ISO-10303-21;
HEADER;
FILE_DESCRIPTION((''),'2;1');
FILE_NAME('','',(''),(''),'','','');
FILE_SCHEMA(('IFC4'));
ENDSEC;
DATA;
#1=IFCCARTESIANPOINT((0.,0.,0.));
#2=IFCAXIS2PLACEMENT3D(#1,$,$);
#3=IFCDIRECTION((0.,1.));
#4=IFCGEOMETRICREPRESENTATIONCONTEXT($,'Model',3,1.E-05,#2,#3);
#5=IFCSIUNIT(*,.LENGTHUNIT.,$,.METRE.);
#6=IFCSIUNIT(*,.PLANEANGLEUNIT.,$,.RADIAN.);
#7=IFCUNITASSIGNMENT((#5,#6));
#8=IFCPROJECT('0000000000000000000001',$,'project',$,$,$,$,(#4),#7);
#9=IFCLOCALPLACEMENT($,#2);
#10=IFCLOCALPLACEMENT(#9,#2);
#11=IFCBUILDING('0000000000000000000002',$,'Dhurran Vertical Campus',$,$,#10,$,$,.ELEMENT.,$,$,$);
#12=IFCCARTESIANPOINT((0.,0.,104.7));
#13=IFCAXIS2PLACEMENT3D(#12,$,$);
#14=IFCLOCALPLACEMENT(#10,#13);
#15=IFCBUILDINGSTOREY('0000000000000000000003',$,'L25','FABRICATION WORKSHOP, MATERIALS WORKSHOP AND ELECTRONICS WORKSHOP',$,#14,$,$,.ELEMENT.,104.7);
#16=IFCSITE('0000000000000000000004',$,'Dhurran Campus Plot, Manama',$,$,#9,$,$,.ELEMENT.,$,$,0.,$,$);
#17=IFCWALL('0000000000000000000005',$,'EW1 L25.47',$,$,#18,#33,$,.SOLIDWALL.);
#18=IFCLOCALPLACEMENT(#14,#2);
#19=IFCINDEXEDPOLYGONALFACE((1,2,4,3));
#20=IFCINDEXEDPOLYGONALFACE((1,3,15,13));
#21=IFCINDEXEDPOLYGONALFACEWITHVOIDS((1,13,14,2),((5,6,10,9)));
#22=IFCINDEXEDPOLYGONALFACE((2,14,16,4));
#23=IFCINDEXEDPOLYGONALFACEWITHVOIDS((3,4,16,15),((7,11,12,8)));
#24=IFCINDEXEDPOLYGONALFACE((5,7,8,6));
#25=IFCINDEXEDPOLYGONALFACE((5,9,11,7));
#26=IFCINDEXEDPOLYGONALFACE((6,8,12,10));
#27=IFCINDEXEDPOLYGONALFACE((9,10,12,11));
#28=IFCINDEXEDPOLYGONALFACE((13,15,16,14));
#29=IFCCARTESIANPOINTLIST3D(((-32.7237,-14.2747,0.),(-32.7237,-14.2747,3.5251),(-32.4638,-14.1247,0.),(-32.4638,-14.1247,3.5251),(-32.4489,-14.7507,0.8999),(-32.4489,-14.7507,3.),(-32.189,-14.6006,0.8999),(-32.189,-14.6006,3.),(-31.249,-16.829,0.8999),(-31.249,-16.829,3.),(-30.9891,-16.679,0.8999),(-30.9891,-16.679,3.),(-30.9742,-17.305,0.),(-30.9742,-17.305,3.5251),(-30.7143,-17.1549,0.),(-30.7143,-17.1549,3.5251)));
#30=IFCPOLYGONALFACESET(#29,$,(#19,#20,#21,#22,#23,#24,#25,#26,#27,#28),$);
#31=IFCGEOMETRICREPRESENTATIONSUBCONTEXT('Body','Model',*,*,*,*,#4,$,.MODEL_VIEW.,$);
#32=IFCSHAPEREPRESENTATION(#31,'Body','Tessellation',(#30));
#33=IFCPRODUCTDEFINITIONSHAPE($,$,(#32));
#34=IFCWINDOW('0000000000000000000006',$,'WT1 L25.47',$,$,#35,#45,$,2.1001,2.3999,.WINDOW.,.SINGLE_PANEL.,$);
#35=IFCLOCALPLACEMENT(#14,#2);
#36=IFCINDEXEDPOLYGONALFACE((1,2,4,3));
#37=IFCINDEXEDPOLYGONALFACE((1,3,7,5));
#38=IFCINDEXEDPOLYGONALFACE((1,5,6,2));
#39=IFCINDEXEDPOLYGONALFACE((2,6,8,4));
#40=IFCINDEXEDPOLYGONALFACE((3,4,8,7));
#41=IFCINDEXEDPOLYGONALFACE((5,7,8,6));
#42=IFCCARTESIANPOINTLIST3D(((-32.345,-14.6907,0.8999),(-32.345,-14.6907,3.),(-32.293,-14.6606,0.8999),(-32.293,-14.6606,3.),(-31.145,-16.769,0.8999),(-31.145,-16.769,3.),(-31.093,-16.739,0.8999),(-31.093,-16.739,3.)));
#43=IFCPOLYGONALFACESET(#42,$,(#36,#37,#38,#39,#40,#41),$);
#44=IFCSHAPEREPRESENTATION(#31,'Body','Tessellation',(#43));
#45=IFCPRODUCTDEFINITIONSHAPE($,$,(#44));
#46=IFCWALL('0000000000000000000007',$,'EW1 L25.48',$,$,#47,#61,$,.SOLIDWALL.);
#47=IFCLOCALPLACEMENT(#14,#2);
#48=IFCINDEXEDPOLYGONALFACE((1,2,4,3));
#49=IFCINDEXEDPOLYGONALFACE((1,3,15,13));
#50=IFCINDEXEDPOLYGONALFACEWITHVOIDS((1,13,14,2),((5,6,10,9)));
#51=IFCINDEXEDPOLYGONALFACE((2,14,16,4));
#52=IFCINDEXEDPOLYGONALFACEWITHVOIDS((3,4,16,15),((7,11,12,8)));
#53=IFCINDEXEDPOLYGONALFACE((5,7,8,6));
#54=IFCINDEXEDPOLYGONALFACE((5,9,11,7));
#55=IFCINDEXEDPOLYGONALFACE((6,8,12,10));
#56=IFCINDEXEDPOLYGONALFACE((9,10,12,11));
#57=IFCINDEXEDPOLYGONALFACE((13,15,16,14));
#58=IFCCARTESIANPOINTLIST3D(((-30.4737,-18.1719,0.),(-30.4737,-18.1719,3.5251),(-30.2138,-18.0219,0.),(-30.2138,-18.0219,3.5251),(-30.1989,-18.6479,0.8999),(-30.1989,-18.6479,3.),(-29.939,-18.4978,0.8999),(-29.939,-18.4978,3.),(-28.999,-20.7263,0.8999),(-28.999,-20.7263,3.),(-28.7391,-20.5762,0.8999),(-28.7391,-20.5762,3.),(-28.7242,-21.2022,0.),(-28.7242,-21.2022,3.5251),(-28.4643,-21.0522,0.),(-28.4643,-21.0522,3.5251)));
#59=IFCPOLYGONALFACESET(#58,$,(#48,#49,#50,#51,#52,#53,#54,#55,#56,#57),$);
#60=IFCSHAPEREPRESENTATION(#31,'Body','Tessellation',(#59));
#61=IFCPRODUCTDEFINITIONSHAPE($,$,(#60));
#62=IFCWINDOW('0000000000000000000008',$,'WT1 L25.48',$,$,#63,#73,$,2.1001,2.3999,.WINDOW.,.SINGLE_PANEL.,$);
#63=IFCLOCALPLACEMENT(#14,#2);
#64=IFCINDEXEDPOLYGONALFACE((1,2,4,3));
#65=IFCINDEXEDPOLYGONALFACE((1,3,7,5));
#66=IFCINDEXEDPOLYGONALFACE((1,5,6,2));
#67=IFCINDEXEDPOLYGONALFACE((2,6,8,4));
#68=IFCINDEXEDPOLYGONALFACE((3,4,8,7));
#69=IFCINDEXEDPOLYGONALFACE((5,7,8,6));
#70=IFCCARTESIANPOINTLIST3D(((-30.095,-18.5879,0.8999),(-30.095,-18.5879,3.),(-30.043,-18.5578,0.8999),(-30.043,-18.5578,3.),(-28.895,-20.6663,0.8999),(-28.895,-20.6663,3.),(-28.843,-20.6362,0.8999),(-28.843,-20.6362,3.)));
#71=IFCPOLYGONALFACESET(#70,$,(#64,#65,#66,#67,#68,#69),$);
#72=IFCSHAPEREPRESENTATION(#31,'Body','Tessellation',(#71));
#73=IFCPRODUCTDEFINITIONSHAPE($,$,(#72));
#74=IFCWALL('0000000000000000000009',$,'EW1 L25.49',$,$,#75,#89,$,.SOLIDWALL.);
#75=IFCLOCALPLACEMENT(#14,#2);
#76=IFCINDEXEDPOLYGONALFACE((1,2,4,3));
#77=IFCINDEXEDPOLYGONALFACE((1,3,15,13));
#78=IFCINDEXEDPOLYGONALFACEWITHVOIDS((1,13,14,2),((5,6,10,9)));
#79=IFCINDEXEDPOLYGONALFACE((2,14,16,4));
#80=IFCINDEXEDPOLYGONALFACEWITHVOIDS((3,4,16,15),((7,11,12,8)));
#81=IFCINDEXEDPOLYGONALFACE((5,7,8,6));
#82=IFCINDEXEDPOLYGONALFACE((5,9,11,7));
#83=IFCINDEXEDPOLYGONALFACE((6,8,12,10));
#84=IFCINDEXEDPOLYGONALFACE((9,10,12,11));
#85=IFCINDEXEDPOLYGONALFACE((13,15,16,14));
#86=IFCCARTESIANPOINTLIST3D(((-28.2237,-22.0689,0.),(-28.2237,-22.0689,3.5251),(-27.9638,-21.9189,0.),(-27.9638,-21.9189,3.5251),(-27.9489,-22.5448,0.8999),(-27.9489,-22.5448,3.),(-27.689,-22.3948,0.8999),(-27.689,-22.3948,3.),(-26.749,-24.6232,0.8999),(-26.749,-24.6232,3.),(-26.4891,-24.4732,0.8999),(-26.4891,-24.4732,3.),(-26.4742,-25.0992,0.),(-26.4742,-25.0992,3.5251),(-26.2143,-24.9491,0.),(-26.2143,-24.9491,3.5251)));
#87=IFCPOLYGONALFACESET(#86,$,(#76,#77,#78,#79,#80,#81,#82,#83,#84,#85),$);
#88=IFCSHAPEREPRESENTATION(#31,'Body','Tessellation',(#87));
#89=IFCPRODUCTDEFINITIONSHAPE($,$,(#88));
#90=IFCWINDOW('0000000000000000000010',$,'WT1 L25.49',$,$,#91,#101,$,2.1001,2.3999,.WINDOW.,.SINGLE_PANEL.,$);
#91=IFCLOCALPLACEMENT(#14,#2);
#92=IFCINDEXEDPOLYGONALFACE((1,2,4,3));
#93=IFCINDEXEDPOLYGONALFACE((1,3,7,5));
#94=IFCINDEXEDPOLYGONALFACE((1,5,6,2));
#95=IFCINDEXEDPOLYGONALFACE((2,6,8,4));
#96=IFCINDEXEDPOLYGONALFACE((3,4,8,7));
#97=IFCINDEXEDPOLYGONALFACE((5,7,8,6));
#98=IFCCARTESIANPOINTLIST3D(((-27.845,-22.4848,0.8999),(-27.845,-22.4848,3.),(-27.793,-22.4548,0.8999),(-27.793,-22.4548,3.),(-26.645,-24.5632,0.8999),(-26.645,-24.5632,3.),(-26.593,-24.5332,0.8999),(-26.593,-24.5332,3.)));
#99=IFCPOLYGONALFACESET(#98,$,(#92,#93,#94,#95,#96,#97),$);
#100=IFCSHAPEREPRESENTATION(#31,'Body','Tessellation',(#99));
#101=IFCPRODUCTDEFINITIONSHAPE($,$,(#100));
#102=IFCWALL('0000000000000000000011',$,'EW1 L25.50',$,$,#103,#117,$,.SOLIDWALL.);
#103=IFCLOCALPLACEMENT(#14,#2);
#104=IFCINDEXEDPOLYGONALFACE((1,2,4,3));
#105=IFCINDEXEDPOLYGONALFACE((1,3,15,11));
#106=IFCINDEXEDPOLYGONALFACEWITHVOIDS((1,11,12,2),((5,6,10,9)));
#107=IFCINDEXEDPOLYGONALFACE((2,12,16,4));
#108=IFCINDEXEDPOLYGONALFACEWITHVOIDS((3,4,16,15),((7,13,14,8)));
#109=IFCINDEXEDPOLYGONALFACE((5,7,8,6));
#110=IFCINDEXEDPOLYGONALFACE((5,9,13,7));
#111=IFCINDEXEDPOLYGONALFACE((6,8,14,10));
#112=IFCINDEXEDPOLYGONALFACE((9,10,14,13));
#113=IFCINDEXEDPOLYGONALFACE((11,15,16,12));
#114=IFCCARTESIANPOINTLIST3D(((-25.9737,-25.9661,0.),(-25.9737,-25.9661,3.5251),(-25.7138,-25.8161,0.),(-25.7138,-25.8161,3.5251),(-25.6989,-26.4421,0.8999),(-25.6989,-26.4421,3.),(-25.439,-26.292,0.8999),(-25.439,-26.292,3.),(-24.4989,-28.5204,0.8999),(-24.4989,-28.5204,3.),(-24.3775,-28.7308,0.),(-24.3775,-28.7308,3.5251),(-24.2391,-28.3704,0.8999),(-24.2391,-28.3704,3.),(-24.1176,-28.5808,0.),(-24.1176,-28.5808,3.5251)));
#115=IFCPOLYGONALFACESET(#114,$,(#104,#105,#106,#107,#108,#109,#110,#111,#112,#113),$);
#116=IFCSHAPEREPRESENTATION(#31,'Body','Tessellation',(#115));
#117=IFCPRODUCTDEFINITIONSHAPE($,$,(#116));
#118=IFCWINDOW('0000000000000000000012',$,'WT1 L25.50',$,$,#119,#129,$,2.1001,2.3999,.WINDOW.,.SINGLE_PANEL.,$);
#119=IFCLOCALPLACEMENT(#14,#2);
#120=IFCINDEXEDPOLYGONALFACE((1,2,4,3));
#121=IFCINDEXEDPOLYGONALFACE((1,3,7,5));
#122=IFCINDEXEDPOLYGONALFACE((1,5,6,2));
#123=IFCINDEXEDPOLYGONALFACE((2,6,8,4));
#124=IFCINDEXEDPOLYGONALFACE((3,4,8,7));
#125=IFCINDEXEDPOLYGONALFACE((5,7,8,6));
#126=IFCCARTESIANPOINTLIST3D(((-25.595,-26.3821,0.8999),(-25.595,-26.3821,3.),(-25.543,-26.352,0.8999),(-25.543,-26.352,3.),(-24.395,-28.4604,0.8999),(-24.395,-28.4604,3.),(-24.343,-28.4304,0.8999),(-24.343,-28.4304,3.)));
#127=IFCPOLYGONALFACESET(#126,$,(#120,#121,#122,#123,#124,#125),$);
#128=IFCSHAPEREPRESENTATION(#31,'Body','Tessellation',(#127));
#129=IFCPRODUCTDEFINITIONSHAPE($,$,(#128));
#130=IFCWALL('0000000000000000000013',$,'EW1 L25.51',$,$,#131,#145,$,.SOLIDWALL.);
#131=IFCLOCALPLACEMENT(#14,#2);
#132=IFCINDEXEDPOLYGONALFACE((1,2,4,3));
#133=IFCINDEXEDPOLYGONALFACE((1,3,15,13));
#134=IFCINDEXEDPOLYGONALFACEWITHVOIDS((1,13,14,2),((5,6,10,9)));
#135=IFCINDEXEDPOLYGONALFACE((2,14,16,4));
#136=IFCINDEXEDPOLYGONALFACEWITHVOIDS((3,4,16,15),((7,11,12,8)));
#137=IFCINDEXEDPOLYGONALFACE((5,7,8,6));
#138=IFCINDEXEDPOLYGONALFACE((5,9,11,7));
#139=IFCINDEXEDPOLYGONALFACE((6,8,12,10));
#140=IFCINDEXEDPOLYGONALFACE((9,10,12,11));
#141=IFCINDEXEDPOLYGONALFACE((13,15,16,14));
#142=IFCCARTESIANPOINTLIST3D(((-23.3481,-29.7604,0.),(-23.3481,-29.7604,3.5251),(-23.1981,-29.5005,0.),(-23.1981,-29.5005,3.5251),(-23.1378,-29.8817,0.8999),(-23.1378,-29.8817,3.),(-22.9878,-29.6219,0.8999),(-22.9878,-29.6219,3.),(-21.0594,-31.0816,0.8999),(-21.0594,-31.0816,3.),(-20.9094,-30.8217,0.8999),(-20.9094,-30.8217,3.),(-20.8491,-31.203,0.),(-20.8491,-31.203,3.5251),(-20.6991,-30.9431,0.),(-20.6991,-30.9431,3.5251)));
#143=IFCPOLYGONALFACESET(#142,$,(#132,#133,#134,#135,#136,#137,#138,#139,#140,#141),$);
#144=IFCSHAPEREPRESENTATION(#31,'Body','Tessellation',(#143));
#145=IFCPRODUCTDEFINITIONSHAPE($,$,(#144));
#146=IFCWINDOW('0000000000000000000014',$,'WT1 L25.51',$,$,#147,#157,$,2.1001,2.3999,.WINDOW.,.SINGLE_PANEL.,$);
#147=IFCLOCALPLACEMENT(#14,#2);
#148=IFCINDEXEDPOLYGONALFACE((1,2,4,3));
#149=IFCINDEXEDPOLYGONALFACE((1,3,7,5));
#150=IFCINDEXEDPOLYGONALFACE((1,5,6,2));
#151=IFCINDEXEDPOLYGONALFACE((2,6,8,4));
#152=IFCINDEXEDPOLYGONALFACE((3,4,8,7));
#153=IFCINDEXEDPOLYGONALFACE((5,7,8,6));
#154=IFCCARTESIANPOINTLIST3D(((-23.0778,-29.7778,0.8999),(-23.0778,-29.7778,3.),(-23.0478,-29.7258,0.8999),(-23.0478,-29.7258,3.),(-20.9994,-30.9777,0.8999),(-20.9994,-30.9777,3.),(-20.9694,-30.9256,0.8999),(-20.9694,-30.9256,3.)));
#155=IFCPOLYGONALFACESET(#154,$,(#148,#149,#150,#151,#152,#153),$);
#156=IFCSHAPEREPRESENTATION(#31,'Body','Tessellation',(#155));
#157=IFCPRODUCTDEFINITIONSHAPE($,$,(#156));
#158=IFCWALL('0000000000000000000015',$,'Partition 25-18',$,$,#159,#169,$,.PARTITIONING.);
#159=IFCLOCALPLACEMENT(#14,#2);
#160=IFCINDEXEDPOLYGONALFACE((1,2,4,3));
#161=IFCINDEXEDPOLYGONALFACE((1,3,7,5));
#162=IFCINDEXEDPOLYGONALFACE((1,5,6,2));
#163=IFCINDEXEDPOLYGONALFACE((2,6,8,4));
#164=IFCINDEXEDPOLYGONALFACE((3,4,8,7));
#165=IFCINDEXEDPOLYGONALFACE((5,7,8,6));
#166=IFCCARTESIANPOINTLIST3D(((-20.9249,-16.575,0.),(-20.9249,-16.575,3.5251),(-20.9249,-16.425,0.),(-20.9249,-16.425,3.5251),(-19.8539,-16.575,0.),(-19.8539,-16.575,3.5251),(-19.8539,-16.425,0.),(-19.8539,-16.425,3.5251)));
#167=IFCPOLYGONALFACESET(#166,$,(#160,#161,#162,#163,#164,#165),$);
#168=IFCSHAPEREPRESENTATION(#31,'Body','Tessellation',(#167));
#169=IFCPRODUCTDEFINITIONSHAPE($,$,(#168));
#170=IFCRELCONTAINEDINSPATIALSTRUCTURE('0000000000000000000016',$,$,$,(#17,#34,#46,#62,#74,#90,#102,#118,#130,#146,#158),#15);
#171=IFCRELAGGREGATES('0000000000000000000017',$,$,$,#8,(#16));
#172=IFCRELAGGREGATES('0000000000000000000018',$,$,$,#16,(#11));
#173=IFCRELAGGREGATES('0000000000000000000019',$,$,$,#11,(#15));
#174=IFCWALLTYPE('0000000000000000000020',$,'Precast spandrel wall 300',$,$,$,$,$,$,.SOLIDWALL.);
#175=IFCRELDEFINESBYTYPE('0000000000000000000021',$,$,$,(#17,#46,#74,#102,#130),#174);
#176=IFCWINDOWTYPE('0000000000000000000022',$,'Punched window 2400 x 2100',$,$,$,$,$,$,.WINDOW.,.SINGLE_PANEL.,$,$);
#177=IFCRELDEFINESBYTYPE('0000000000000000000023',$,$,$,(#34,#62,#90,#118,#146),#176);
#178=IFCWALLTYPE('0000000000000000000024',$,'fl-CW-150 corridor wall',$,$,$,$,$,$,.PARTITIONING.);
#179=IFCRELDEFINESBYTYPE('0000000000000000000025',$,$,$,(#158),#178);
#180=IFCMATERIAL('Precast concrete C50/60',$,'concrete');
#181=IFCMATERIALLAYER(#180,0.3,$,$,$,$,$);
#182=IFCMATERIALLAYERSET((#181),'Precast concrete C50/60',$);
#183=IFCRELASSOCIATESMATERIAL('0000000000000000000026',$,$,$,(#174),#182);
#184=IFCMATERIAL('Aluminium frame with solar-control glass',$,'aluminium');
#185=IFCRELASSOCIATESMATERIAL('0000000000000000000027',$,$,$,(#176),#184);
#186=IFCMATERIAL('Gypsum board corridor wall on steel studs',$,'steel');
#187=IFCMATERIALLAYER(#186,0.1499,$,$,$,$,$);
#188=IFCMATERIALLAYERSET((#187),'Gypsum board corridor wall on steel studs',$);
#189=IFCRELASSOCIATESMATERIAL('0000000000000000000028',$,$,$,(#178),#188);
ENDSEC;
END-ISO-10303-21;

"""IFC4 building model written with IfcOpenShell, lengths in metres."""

from ifc_helpers import new_model, si_unit, direction, frame, frame_2d, origin, place, context, subcontext, project, spatial, rectangle, extrude, material, layer, layer_set, type_object, element, fill, save


model = new_model("IFC4")

# Units and contexts
model_context = context("Model", 3, precision=1e-05, world=origin(), true_north=direction((0.0, 1.0)))
body_context = subcontext(model_context, "Body", "Model", "MODEL_VIEW")
ifc_project = project(units=[si_unit("LENGTHUNIT", "METRE"), si_unit("PLANEANGLEUNIT", "RADIAN")], contexts=[model_context])

# Site, building, storey
site_placement = place(None, origin())
site = spatial("IfcSite", under=ifc_project, at=site_placement, Name="Dhurran Campus Plot, Manama", CompositionType="ELEMENT", RefElevation=0.0)
building_placement = place(site_placement, origin())
building = spatial("IfcBuilding", under=site, at=building_placement, Name="Dhurran Vertical Campus", CompositionType="ELEMENT")
storey_placement = place(building_placement, frame((0.0, 0.0, 104.7)))
storey = spatial("IfcBuildingStorey", under=building, at=storey_placement, Name="L25", Description="FABRICATION WORKSHOP, MATERIALS WORKSHOP AND ELECTRONICS WORKSHOP", CompositionType="ELEMENT", Elevation=104.7)

# Walls, openings, windows
ifc_material_1 = material(Name="Precast concrete C50/60", Category="concrete")
ifc_layer_1 = layer(ifc_material_1, 0.3)
ifc_layer_set_1 = layer_set([ifc_layer_1], Name="Precast concrete C50/60")
wall_type_1 = type_object("IfcWallType", Name="Precast spandrel wall 300", PredefinedType="SOLIDWALL", material=ifc_layer_set_1)
ifc_material_2 = material(Name="Aluminium frame with solar-control glass", Category="aluminium")
window_type = type_object("IfcWindowType", Name="Punched window 2400 x 2100", PartitioningType="SINGLE_PANEL", PredefinedType="WINDOW", material=ifc_material_2)
wall_1_placement = place(storey_placement, frame((-32.5938, -14.1997, 0.0), z_axis=(0.0, 0.0, 1.0), x_axis=(0.499996, -0.866028, 0.0)))
wall_1 = element("IfcWall", 1, at=wall_1_placement, inside=storey, type_object=wall_type_1, Name="EW1 L25.47", PredefinedType="SOLIDWALL", context=body_context, shape_type="SweptSolid", body=[
    extrude(rectangle(XDim=3.499, YDim=0.3, at=frame_2d((1.7495, 0.0))), origin(), (0.0, 0.0, 1.0), 3.5251),
])
opening_1_placement = place(wall_1_placement, frame((0.5496, 0.0, 0.8999)))
opening_1 = element("IfcOpeningElement", 2, at=opening_1_placement, cuts=wall_1, PredefinedType="OPENING", context=body_context, shape_type="SweptSolid", body=[
    extrude(rectangle(XDim=2.3999, YDim=2.1001, at=frame_2d((1.2, 1.05))), frame((0.0, 0.1599, 0.0), z_axis=(0.0, -1.0, 0.0), x_axis=(1.0, 0.0, 0.0)), (0.0, 0.0, 1.0), 0.3201),
])
window_1_placement = place(opening_1_placement, origin())
window_1 = element("IfcWindow", 3, at=window_1_placement, inside=storey, type_object=window_type, Name="WT1 L25.47", OverallHeight=2.1001, OverallWidth=2.3999, PartitioningType="SINGLE_PANEL", PredefinedType="WINDOW", context=body_context, shape_type="SweptSolid", body=[
    extrude(rectangle(XDim=2.3999, YDim=2.1001, at=frame_2d((1.2, 1.05))), frame((0.0, 0.03, 0.0), z_axis=(0.0, -1.0, 0.0), x_axis=(1.0, 0.0, 0.0)), (0.0, 0.0, 1.0), 0.0601),
])
fill(opening_1, window_1)
wall_2_placement = place(storey_placement, frame((-30.3438, -18.0969, 0.0), z_axis=(0.0, 0.0, 1.0), x_axis=(0.499996, -0.866028, 0.0)))
wall_2 = element("IfcWall", 4, at=wall_2_placement, inside=storey, type_object=wall_type_1, Name="EW1 L25.48", PredefinedType="SOLIDWALL", context=body_context, shape_type="SweptSolid", body=[
    extrude(rectangle(XDim=3.499, YDim=0.3, at=frame_2d((1.7495, 0.0))), origin(), (0.0, 0.0, 1.0), 3.5251),
])
opening_2_placement = place(wall_2_placement, frame((0.5496, 0.0, 0.8999)))
opening_2 = element("IfcOpeningElement", 5, at=opening_2_placement, cuts=wall_2, PredefinedType="OPENING", context=body_context, shape_type="SweptSolid", body=[
    extrude(rectangle(XDim=2.3999, YDim=2.1001, at=frame_2d((1.2, 1.05))), frame((0.0, 0.1599, 0.0), z_axis=(0.0, -1.0, 0.0), x_axis=(1.0, 0.0, 0.0)), (0.0, 0.0, 1.0), 0.3201),
])
window_2_placement = place(opening_2_placement, origin())
window_2 = element("IfcWindow", 6, at=window_2_placement, inside=storey, type_object=window_type, Name="WT1 L25.48", OverallHeight=2.1001, OverallWidth=2.3999, PartitioningType="SINGLE_PANEL", PredefinedType="WINDOW", context=body_context, shape_type="SweptSolid", body=[
    extrude(rectangle(XDim=2.3999, YDim=2.1001, at=frame_2d((1.2, 1.05))), frame((0.0, 0.03, 0.0), z_axis=(0.0, -1.0, 0.0), x_axis=(1.0, 0.0, 0.0)), (0.0, 0.0, 1.0), 0.0601),
])
fill(opening_2, window_2)
wall_3_placement = place(storey_placement, frame((-28.0938, -21.9939, 0.0), z_axis=(0.0, 0.0, 1.0), x_axis=(0.499996, -0.866028, 0.0)))
wall_3 = element("IfcWall", 7, at=wall_3_placement, inside=storey, type_object=wall_type_1, Name="EW1 L25.49", PredefinedType="SOLIDWALL", context=body_context, shape_type="SweptSolid", body=[
    extrude(rectangle(XDim=3.499, YDim=0.3, at=frame_2d((1.7495, 0.0))), origin(), (0.0, 0.0, 1.0), 3.5251),
])
opening_3_placement = place(wall_3_placement, frame((0.5496, 0.0, 0.8999)))
opening_3 = element("IfcOpeningElement", 8, at=opening_3_placement, cuts=wall_3, PredefinedType="OPENING", context=body_context, shape_type="SweptSolid", body=[
    extrude(rectangle(XDim=2.3999, YDim=2.1001, at=frame_2d((1.2, 1.05))), frame((0.0, 0.1599, 0.0), z_axis=(0.0, -1.0, 0.0), x_axis=(1.0, 0.0, 0.0)), (0.0, 0.0, 1.0), 0.3201),
])
window_3_placement = place(opening_3_placement, origin())
window_3 = element("IfcWindow", 9, at=window_3_placement, inside=storey, type_object=window_type, Name="WT1 L25.49", OverallHeight=2.1001, OverallWidth=2.3999, PartitioningType="SINGLE_PANEL", PredefinedType="WINDOW", context=body_context, shape_type="SweptSolid", body=[
    extrude(rectangle(XDim=2.3999, YDim=2.1001, at=frame_2d((1.2, 1.05))), frame((0.0, 0.03, 0.0), z_axis=(0.0, -1.0, 0.0), x_axis=(1.0, 0.0, 0.0)), (0.0, 0.0, 1.0), 0.0601),
])
fill(opening_3, window_3)
wall_4_placement = place(storey_placement, frame((-25.8438, -25.8911, 0.0), z_axis=(0.0, 0.0, 1.0), x_axis=(0.500005, -0.866023, 0.0)))
wall_4 = element("IfcWall", 10, at=wall_4_placement, inside=storey, type_object=wall_type_1, Name="EW1 L25.50", PredefinedType="SOLIDWALL", context=body_context, shape_type="SweptSolid", body=[
    extrude(rectangle(XDim=3.1924, YDim=0.3, at=frame_2d((1.5962, 0.0))), origin(), (0.0, 0.0, 1.0), 3.5251),
])
opening_4_placement = place(wall_4_placement, frame((0.5496, 0.0, 0.8999)))
opening_4 = element("IfcOpeningElement", 11, at=opening_4_placement, cuts=wall_4, PredefinedType="OPENING", context=body_context, shape_type="SweptSolid", body=[
    extrude(rectangle(XDim=2.3999, YDim=2.1001, at=frame_2d((1.2, 1.05))), frame((0.0, 0.1599, 0.0), z_axis=(0.0, -1.0, 0.0), x_axis=(1.0, 0.0, 0.0)), (0.0, 0.0, 1.0), 0.3201),
])
window_4_placement = place(opening_4_placement, origin())
window_4 = element("IfcWindow", 12, at=window_4_placement, inside=storey, type_object=window_type, Name="WT1 L25.50", OverallHeight=2.1001, OverallWidth=2.3999, PartitioningType="SINGLE_PANEL", PredefinedType="WINDOW", context=body_context, shape_type="SweptSolid", body=[
    extrude(rectangle(XDim=2.3999, YDim=2.1001, at=frame_2d((1.2, 1.05))), frame((0.0, 0.03, 0.0), z_axis=(0.0, -1.0, 0.0), x_axis=(1.0, 0.0, 0.0)), (0.0, 0.0, 1.0), 0.0601),
])
fill(opening_4, window_4)
wall_5_placement = place(storey_placement, frame((-23.2732, -29.6304, 0.0), z_axis=(0.0, 0.0, 1.0), x_axis=(0.866053, -0.499952, 0.0)))
wall_5 = element("IfcWall", 13, at=wall_5_placement, inside=storey, type_object=wall_type_1, Name="EW1 L25.51", PredefinedType="SOLIDWALL", context=body_context, shape_type="SweptSolid", body=[
    extrude(rectangle(XDim=2.8855, YDim=0.3, at=frame_2d((1.4429, 0.0))), origin(), (0.0, 0.0, 1.0), 3.5251),
])
opening_5_placement = place(wall_5_placement, frame((0.2429, 0.0, 0.8999)))
opening_5 = element("IfcOpeningElement", 14, at=opening_5_placement, cuts=wall_5, PredefinedType="OPENING", context=body_context, shape_type="SweptSolid", body=[
    extrude(rectangle(XDim=2.3999, YDim=2.1001, at=frame_2d((1.2, 1.05))), frame((0.0, 0.1599, 0.0), z_axis=(0.0, -1.0, 0.0), x_axis=(1.0, 0.0, 0.0)), (0.0, 0.0, 1.0), 0.3201),
])
window_5_placement = place(opening_5_placement, origin())
window_5 = element("IfcWindow", 15, at=window_5_placement, inside=storey, type_object=window_type, Name="WT1 L25.51", OverallHeight=2.1001, OverallWidth=2.3999, PartitioningType="SINGLE_PANEL", PredefinedType="WINDOW", context=body_context, shape_type="SweptSolid", body=[
    extrude(rectangle(XDim=2.3999, YDim=2.1001, at=frame_2d((1.2, 1.05))), frame((0.0, 0.03, 0.0), z_axis=(0.0, -1.0, 0.0), x_axis=(1.0, 0.0, 0.0)), (0.0, 0.0, 1.0), 0.0601),
])
fill(opening_5, window_5)

# Wall
ifc_material_3 = material(Name="Gypsum board corridor wall on steel studs", Category="steel")
ifc_layer_2 = layer(ifc_material_3, 0.1499)
ifc_layer_set_2 = layer_set([ifc_layer_2], Name="Gypsum board corridor wall on steel studs")
wall_type_2 = type_object("IfcWallType", Name="fl-CW-150 corridor wall", PredefinedType="PARTITIONING", material=ifc_layer_set_2)
wall_6_placement = place(storey_placement, frame((-20.925, -16.5, 0.0), z_axis=(0.0, 0.0, 1.0), x_axis=(1.0, 0.0, 0.0)))
element("IfcWall", 16, at=wall_6_placement, inside=storey, type_object=wall_type_2, Name="Partition 25-18", PredefinedType="PARTITIONING", context=body_context, shape_type="SweptSolid", body=[
    extrude(rectangle(XDim=1.071, YDim=0.1499, at=frame_2d((0.5356, 0.0))), origin(), (0.0, 0.0, 1.0), 3.5251),
])

save(model, "model.ifc")
